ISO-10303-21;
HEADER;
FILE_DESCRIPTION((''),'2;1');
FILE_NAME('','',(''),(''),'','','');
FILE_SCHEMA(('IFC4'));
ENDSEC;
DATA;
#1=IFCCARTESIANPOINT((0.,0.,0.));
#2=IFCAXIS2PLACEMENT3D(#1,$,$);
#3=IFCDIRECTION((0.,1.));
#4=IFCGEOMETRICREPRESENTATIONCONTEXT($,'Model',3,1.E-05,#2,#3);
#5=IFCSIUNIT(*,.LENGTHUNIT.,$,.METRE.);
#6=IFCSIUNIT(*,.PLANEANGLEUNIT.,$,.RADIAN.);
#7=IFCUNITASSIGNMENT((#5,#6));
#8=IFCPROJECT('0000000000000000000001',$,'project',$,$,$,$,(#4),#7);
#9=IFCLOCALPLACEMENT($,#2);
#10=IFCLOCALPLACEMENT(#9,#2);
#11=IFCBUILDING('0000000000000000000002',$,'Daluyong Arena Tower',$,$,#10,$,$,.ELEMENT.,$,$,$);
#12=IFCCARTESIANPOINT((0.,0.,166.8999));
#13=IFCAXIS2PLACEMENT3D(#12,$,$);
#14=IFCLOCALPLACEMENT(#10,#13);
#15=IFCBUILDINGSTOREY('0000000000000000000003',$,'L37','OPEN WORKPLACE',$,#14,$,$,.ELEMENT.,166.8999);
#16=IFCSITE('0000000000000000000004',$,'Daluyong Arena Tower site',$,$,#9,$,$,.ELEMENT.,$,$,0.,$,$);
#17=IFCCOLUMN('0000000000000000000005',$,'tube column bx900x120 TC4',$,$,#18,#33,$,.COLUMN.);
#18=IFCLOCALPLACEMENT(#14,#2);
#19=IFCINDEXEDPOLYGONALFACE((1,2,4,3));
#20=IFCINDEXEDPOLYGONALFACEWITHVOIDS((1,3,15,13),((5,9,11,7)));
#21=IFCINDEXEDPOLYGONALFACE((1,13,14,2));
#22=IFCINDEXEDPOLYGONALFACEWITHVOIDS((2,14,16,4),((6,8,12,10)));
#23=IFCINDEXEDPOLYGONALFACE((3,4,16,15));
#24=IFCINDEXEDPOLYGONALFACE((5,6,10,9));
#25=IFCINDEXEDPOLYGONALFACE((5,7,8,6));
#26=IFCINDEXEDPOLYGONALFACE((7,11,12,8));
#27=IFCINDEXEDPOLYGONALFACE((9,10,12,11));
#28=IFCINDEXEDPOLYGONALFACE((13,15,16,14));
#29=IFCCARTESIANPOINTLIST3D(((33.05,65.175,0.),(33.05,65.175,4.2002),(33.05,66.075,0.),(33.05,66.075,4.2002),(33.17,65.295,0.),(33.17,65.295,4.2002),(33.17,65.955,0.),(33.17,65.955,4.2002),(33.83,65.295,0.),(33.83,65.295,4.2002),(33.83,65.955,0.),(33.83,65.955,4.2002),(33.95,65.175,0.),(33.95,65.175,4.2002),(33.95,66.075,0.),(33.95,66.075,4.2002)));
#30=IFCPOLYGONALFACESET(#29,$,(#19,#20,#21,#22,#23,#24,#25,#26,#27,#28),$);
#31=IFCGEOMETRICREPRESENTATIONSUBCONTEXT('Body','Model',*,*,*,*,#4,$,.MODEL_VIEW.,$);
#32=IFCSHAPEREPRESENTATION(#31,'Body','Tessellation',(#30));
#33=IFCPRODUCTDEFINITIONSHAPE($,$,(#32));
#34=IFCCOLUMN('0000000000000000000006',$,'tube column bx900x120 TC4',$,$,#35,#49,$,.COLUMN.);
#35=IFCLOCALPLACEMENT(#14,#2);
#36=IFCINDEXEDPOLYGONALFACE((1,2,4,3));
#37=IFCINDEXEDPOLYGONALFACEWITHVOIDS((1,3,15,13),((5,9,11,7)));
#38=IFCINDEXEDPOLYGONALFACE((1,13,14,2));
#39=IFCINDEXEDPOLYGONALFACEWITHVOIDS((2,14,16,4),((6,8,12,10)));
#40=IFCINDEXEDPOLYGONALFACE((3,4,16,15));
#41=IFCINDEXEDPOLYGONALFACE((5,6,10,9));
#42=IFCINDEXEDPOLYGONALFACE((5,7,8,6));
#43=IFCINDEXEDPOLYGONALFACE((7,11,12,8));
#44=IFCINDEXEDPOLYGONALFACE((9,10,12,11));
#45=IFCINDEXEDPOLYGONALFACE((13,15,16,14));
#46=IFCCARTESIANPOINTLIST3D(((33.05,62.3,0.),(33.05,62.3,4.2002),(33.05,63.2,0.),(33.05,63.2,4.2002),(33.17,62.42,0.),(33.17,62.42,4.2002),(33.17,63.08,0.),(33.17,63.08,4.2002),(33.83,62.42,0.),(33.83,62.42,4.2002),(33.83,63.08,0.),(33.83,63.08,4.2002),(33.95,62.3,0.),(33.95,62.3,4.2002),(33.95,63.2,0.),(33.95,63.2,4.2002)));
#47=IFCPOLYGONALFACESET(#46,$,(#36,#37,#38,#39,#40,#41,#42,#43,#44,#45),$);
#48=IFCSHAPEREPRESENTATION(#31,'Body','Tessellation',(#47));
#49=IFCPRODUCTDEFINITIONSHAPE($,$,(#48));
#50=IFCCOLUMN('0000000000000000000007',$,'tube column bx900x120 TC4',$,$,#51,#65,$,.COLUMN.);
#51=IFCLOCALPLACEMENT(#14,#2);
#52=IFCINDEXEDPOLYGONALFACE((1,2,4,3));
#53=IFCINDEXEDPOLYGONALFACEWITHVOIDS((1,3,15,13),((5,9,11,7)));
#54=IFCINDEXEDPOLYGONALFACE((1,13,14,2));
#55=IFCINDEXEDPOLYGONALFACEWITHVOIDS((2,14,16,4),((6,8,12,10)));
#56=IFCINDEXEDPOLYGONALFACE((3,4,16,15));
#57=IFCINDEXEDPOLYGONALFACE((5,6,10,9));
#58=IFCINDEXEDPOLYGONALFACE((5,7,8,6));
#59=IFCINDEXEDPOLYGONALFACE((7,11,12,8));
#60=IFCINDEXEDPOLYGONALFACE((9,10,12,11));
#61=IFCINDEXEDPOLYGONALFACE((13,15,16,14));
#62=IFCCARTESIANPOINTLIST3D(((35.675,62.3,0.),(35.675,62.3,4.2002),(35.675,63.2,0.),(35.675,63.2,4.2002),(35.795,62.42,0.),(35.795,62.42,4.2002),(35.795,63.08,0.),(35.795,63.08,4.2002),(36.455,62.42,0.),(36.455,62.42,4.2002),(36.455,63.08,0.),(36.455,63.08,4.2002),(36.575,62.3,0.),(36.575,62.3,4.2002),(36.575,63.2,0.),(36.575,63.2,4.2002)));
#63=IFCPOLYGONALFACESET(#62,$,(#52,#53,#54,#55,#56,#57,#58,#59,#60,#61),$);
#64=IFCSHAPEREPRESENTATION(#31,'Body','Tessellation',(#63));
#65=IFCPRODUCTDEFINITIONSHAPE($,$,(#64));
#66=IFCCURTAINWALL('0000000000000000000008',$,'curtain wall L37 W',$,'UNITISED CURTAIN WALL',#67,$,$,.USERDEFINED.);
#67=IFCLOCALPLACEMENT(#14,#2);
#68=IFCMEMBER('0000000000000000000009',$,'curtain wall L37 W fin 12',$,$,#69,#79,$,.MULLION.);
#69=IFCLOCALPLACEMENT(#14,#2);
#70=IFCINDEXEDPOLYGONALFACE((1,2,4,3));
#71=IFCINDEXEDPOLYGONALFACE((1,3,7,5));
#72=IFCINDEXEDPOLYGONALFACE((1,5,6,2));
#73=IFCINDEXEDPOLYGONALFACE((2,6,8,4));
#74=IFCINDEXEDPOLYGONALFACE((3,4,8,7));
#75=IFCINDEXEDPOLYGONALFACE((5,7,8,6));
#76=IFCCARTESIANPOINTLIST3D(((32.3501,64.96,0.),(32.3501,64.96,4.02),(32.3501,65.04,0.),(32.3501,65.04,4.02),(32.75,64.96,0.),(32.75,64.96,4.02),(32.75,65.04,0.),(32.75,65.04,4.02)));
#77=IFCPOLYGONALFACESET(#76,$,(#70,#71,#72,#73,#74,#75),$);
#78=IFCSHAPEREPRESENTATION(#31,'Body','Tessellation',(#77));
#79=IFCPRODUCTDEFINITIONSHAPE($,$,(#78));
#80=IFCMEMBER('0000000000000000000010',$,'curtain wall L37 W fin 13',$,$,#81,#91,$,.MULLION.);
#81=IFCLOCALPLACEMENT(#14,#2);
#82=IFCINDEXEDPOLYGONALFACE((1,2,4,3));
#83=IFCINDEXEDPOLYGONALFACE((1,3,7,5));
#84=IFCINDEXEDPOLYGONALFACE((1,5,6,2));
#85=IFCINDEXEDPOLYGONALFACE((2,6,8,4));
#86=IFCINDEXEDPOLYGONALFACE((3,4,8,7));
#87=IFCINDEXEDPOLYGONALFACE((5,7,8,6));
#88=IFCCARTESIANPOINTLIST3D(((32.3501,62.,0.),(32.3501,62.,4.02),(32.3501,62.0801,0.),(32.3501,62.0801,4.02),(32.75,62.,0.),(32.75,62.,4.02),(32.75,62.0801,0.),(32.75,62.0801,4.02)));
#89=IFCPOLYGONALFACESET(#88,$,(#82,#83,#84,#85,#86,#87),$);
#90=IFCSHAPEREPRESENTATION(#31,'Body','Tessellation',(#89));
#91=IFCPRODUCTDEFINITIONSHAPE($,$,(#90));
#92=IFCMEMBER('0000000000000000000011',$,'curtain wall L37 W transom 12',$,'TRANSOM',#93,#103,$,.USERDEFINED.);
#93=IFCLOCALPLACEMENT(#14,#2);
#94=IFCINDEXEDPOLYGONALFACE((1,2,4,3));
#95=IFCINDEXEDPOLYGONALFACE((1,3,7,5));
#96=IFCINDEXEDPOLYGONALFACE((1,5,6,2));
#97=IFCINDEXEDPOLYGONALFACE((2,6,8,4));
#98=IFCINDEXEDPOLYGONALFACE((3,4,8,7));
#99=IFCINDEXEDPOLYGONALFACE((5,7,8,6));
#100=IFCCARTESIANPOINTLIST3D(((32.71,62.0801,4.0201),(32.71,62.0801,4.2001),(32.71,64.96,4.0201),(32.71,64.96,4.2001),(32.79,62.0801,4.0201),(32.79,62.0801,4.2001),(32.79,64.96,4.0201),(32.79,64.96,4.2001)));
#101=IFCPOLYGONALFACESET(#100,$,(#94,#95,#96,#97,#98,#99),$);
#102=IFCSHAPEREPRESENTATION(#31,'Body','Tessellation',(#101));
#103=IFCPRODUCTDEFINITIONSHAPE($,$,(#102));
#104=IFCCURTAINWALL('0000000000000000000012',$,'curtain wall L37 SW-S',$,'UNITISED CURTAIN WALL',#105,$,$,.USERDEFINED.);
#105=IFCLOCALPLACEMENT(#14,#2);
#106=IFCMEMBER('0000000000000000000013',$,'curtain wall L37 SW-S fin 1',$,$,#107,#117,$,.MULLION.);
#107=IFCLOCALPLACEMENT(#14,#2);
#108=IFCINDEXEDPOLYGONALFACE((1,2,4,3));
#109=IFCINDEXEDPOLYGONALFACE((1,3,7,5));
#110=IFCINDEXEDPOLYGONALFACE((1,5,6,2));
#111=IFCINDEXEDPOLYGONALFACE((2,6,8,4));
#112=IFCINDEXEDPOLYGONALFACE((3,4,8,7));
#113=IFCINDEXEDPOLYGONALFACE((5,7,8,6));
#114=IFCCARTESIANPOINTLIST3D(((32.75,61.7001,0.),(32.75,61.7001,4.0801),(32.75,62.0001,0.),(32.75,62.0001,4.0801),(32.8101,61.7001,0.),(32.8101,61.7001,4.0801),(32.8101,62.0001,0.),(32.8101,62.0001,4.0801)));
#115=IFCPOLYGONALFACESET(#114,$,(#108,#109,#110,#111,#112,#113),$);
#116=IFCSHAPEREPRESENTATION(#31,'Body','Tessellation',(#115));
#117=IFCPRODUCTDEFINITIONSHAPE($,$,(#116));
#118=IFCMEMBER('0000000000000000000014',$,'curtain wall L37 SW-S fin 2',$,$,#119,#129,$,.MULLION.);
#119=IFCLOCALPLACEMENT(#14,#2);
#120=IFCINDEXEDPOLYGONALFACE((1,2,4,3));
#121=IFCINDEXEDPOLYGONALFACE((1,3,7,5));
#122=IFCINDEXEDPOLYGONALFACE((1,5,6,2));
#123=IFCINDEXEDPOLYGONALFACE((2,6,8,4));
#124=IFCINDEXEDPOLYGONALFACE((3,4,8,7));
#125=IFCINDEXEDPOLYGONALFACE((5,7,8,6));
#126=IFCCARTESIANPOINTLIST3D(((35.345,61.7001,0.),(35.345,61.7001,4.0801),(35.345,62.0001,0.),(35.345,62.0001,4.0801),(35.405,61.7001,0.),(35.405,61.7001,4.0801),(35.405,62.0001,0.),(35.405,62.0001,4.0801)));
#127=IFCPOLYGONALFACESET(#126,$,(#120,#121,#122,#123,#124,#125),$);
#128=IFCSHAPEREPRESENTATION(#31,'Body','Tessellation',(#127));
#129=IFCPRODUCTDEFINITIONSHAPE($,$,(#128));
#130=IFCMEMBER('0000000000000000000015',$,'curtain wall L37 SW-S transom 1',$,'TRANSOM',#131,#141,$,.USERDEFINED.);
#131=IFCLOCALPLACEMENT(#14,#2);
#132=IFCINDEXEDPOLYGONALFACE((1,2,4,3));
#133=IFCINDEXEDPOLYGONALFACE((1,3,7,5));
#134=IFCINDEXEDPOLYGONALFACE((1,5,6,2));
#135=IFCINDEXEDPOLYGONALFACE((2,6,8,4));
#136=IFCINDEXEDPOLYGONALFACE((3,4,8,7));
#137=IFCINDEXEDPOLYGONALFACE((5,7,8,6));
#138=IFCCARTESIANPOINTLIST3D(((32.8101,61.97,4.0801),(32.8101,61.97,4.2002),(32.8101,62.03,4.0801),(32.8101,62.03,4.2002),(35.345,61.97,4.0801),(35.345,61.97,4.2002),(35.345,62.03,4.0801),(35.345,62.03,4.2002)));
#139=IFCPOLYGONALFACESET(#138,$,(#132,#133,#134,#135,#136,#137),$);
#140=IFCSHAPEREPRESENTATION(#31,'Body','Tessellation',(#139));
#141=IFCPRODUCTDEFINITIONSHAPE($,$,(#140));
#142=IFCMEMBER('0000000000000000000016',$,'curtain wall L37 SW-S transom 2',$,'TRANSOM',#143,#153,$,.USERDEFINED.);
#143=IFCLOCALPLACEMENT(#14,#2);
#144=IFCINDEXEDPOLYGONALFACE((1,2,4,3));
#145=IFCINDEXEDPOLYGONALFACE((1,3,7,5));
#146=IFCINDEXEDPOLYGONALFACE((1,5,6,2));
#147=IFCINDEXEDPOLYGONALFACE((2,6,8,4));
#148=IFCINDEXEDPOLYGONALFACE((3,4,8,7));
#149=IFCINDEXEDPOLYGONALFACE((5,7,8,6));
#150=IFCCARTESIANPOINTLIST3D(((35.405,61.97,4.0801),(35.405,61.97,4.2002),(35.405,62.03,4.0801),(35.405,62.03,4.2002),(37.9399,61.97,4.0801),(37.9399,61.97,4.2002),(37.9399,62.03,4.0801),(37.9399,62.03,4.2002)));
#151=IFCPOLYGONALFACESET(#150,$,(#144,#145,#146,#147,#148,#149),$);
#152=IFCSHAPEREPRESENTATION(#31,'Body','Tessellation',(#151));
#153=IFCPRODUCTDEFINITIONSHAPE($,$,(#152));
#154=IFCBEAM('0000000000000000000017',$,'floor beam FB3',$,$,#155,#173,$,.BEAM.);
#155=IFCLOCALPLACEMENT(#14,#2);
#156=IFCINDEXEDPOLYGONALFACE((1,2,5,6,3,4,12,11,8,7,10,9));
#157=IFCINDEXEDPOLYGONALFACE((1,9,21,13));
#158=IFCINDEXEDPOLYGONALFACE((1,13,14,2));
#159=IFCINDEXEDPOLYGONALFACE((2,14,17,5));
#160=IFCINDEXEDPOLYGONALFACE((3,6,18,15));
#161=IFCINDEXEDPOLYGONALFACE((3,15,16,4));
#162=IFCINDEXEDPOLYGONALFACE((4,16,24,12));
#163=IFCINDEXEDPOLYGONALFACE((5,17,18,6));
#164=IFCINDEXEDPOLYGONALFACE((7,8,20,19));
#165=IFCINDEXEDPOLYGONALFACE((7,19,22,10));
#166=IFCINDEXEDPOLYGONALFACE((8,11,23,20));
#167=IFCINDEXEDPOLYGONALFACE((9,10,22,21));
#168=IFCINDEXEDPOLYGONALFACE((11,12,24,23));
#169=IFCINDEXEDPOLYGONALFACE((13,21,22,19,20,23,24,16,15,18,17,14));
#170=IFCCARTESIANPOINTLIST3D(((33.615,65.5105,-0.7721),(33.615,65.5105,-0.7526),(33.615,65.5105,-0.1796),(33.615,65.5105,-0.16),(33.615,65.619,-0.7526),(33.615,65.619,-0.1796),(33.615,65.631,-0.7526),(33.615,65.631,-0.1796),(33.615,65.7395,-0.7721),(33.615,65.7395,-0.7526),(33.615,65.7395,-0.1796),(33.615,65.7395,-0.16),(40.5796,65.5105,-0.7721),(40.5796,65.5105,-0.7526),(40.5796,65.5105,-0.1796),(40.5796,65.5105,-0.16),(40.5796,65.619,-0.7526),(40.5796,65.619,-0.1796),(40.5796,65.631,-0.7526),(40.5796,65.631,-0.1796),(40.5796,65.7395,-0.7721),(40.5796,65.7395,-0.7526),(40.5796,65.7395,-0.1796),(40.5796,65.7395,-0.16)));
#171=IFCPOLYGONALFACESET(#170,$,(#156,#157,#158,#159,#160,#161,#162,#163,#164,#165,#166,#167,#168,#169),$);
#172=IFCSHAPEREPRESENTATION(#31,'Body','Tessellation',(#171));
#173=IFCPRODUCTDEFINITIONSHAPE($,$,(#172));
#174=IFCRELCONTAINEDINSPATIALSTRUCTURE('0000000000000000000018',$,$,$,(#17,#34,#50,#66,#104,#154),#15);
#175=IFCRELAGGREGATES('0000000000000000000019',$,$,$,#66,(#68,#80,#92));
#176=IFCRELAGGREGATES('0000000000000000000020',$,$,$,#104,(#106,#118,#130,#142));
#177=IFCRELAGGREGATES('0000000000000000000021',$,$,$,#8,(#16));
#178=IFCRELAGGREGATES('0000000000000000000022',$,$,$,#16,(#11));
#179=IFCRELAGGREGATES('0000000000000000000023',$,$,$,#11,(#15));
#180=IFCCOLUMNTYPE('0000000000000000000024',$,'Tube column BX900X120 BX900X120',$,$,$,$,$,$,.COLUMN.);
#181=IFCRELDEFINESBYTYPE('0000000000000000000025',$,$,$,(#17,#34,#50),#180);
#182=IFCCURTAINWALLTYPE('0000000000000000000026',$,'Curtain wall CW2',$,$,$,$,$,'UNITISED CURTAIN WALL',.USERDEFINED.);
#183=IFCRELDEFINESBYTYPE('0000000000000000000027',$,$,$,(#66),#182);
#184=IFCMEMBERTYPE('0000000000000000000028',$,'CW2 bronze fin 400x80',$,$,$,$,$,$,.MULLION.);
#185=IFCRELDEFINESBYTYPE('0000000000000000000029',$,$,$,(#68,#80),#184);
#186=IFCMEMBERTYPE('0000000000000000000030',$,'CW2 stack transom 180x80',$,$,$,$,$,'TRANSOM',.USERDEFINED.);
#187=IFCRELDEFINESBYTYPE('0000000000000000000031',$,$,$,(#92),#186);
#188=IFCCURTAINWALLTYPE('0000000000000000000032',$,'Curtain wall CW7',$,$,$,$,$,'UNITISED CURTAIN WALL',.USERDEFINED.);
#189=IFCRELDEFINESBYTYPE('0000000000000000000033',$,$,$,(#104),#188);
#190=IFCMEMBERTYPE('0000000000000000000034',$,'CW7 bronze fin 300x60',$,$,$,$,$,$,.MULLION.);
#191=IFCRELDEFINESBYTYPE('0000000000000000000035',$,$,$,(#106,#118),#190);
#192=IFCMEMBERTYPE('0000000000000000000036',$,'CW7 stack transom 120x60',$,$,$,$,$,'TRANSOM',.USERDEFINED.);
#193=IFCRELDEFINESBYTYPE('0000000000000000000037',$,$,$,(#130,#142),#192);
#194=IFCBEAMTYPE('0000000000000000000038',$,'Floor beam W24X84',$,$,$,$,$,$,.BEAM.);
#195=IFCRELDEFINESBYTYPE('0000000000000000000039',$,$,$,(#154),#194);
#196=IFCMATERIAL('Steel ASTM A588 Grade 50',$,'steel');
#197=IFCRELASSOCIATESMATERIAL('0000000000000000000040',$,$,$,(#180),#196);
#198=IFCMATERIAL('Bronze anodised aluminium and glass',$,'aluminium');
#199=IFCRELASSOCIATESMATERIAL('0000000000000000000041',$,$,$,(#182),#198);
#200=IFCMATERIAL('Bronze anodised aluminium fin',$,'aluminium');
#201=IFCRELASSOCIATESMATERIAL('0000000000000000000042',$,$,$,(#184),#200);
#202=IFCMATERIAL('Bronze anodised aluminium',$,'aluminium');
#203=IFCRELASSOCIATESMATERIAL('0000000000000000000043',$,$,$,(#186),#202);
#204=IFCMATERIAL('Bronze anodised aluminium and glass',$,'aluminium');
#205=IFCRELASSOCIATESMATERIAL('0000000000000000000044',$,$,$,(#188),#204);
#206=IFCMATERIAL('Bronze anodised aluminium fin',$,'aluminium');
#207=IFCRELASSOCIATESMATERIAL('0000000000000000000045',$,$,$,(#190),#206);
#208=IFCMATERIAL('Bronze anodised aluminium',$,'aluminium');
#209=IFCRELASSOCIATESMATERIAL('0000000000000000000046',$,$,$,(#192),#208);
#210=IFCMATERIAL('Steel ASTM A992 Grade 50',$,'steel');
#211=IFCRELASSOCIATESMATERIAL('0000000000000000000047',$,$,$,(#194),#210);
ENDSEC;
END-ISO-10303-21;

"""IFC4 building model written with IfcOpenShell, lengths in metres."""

from ifc_helpers import new_model, si_unit, direction, frame, origin, origin_2d, place, context, subcontext, project, spatial, rectangle, hollow_rectangle, i_section, extrude, material, material_profile, profile_set, type_object, element, aggregate, save


model = new_model("IFC4")

# Units and contexts
model_context = context("Model", 3, precision=1e-05, world=origin(), true_north=direction((0.0, 1.0)))
body_context = subcontext(model_context, "Body", "Model", "MODEL_VIEW")
ifc_project = project(units=[si_unit("LENGTHUNIT", "METRE"), si_unit("PLANEANGLEUNIT", "RADIAN")], contexts=[model_context])

# Site, building, storey
site_placement = place(None, origin())
site = spatial("IfcSite", under=ifc_project, at=site_placement, Name="Daluyong Arena Tower site", CompositionType="ELEMENT", RefElevation=0.0)
building_placement = place(site_placement, origin())
building = spatial("IfcBuilding", under=site, at=building_placement, Name="Daluyong Arena Tower", CompositionType="ELEMENT")
storey_placement = place(building_placement, frame((0.0, 0.0, 166.8999)))
storey = spatial("IfcBuildingStorey", under=building, at=storey_placement, Name="L37", Description="OPEN WORKPLACE", CompositionType="ELEMENT", Elevation=166.8999)

# Columns
ifc_material_1 = material(Name="Steel ASTM A588 Grade 50", Category="steel")
ifc_material_profile_1 = material_profile(ifc_material_1, hollow_rectangle(XDim=0.8999, YDim=0.8999, WallThickness=0.12, at=origin_2d()))
ifc_profile_set_1 = profile_set([ifc_material_profile_1], Name="Steel ASTM A588 Grade 50")
column_type = type_object("IfcColumnType", Name="Tube column BX900X120 BX900X120", PredefinedType="COLUMN", material=ifc_profile_set_1)
for number, where, z_axis, x_axis, name in (
    (1, (33.5, 65.625, 0.0), (0.0, 0.0, 1.0), (0.0, 1.0, 0.0), "tube column bx900x120 TC4"),
    (2, (33.5, 62.75, 0.0), (0.0, 0.0, 1.0), (1.0, 0.0, 0.0), "tube column bx900x120 TC4"),
    (3, (36.125, 62.75, 0.0), (0.0, 0.0, 1.0), (1.0, 0.0, 0.0), "tube column bx900x120 TC4"),
):
    element("IfcColumn", number, at=place(storey_placement, frame(where, z_axis=z_axis, x_axis=x_axis)), inside=storey, type_object=column_type, Name=name, PredefinedType="COLUMN", context=body_context, shape_type="SweptSolid", body=[
        extrude(hollow_rectangle(XDim=0.8999, YDim=0.8999, WallThickness=0.12, at=origin_2d()), origin(), (0.0, 0.0, 1.0), 4.2002),
    ])

# Curtain walls, members
ifc_material_2 = material(Name="Bronze anodised aluminium and glass", Category="aluminium")
curtain_wall_type_1 = type_object("IfcCurtainWallType", Name="Curtain wall CW2", ElementType="UNITISED CURTAIN WALL", PredefinedType="USERDEFINED", material=ifc_material_2)
curtain_wall_1_placement = place(storey_placement, origin())
curtain_wall_1 = element("IfcCurtainWall", 4, at=curtain_wall_1_placement, inside=storey, type_object=curtain_wall_type_1, Name="curtain wall L37 W", ObjectType="UNITISED CURTAIN WALL", PredefinedType="USERDEFINED")
ifc_material_3 = material(Name="Bronze anodised aluminium fin", Category="aluminium")
ifc_material_profile_2 = material_profile(ifc_material_3, rectangle(XDim=0.3999, YDim=0.0801, at=origin_2d()))
ifc_profile_set_2 = profile_set([ifc_material_profile_2], Name="Bronze anodised aluminium fin")
member_type_1 = type_object("IfcMemberType", Name="CW2 bronze fin 400x80", PredefinedType="MULLION", material=ifc_profile_set_2)
member_1_placement = place(storey_placement, frame((32.55, 65.0, 0.0), z_axis=(0.0, 0.0, 1.0), x_axis=(1.0, 0.0, 0.0)))
member_1 = element("IfcMember", 5, at=member_1_placement, type_object=member_type_1, Name="curtain wall L37 W fin 12", PredefinedType="MULLION", context=body_context, shape_type="SweptSolid", body=[
    extrude(rectangle(XDim=0.3999, YDim=0.0801, at=origin_2d()), origin(), (0.0, 0.0, 1.0), 4.02),
])
member_2_placement = place(storey_placement, frame((32.55, 62.04, 0.0), z_axis=(0.0, 0.0, 1.0), x_axis=(1.0, 0.0, 0.0)))
member_2 = element("IfcMember", 6, at=member_2_placement, type_object=member_type_1, Name="curtain wall L37 W fin 13", PredefinedType="MULLION", context=body_context, shape_type="SweptSolid", body=[
    extrude(rectangle(XDim=0.3999, YDim=0.0801, at=origin_2d()), origin(), (0.0, 0.0, 1.0), 4.02),
])
ifc_material_4 = material(Name="Bronze anodised aluminium", Category="aluminium")
ifc_material_profile_3 = material_profile(ifc_material_4, rectangle(XDim=0.0801, YDim=0.1799, at=origin_2d()))
ifc_profile_set_3 = profile_set([ifc_material_profile_3], Name="Bronze anodised aluminium")
member_type_2 = type_object("IfcMemberType", Name="CW2 stack transom 180x80", ElementType="TRANSOM", PredefinedType="USERDEFINED", material=ifc_profile_set_3)
member_3_placement = place(storey_placement, frame((32.75, 64.96, 4.1101), z_axis=(0.0, -1.0, 0.0), x_axis=(1.0, 0.0, 0.0)))
member_3 = element("IfcMember", 7, at=member_3_placement, type_object=member_type_2, Name="curtain wall L37 W transom 12", ObjectType="TRANSOM", PredefinedType="USERDEFINED", context=body_context, shape_type="SweptSolid", body=[
    extrude(rectangle(XDim=0.0801, YDim=0.1799, at=origin_2d()), origin(), (0.0, 0.0, 1.0), 2.8799),
])
ifc_material_5 = material(Name="Bronze anodised aluminium and glass", Category="aluminium")
curtain_wall_type_2 = type_object("IfcCurtainWallType", Name="Curtain wall CW7", ElementType="UNITISED CURTAIN WALL", PredefinedType="USERDEFINED", material=ifc_material_5)
curtain_wall_2_placement = place(storey_placement, origin())
curtain_wall_2 = element("IfcCurtainWall", 8, at=curtain_wall_2_placement, inside=storey, type_object=curtain_wall_type_2, Name="curtain wall L37 SW-S", ObjectType="UNITISED CURTAIN WALL", PredefinedType="USERDEFINED")
ifc_material_6 = material(Name="Bronze anodised aluminium fin", Category="aluminium")
ifc_material_profile_4 = material_profile(ifc_material_6, rectangle(XDim=0.3, YDim=0.0601, at=origin_2d()))
ifc_profile_set_4 = profile_set([ifc_material_profile_4], Name="Bronze anodised aluminium fin")
member_type_3 = type_object("IfcMemberType", Name="CW7 bronze fin 300x60", PredefinedType="MULLION", material=ifc_profile_set_4)
member_4_placement = place(storey_placement, frame((32.78, 61.8501, 0.0), z_axis=(0.0, 0.0, 1.0), x_axis=(0.0, 1.0, 0.0)))
member_4 = element("IfcMember", 9, at=member_4_placement, type_object=member_type_3, Name="curtain wall L37 SW-S fin 1", PredefinedType="MULLION", context=body_context, shape_type="SweptSolid", body=[
    extrude(rectangle(XDim=0.3, YDim=0.0601, at=origin_2d()), origin(), (0.0, 0.0, 1.0), 4.0801),
])
member_5_placement = place(storey_placement, frame((35.375, 61.8501, 0.0), z_axis=(0.0, 0.0, 1.0), x_axis=(0.0, 1.0, 0.0)))
member_5 = element("IfcMember", 10, at=member_5_placement, type_object=member_type_3, Name="curtain wall L37 SW-S fin 2", PredefinedType="MULLION", context=body_context, shape_type="SweptSolid", body=[
    extrude(rectangle(XDim=0.3, YDim=0.0601, at=origin_2d()), origin(), (0.0, 0.0, 1.0), 4.0801),
])
ifc_material_7 = material(Name="Bronze anodised aluminium", Category="aluminium")
ifc_material_profile_5 = material_profile(ifc_material_7, rectangle(XDim=0.0601, YDim=0.1201, at=origin_2d()))
ifc_profile_set_5 = profile_set([ifc_material_profile_5], Name="Bronze anodised aluminium")
member_type_4 = type_object("IfcMemberType", Name="CW7 stack transom 120x60", ElementType="TRANSOM", PredefinedType="USERDEFINED", material=ifc_profile_set_5)
member_6_placement = place(storey_placement, frame((32.8101, 62.0, 4.1401), z_axis=(1.0, 0.0, 0.0), x_axis=(0.0, 1.0, 0.0)))
member_6 = element("IfcMember", 11, at=member_6_placement, type_object=member_type_4, Name="curtain wall L37 SW-S transom 1", ObjectType="TRANSOM", PredefinedType="USERDEFINED", context=body_context, shape_type="SweptSolid", body=[
    extrude(rectangle(XDim=0.0601, YDim=0.1201, at=origin_2d()), origin(), (0.0, 0.0, 1.0), 2.5349),
])
member_7_placement = place(storey_placement, frame((35.405, 62.0, 4.1401), z_axis=(1.0, 0.0, 0.0), x_axis=(0.0, 1.0, 0.0)))
member_7 = element("IfcMember", 12, at=member_7_placement, type_object=member_type_4, Name="curtain wall L37 SW-S transom 2", ObjectType="TRANSOM", PredefinedType="USERDEFINED", context=body_context, shape_type="SweptSolid", body=[
    extrude(rectangle(XDim=0.0601, YDim=0.1201, at=origin_2d()), origin(), (0.0, 0.0, 1.0), 2.5349),
])

# Beam
ifc_material_8 = material(Name="Steel ASTM A992 Grade 50", Category="steel")
ifc_material_profile_6 = material_profile(ifc_material_8, i_section(OverallWidth=0.229, OverallDepth=0.6121, WebThickness=0.012, FlangeThickness=0.0195, at=origin_2d()))
ifc_profile_set_6 = profile_set([ifc_material_profile_6], Name="Steel ASTM A992 Grade 50")
beam_type_1 = type_object("IfcBeamType", Name="Floor beam W24X84", PredefinedType="BEAM", material=ifc_profile_set_6)
beam_1_placement = place(storey_placement, frame((33.615, 65.625, -0.4661), z_axis=(1.0, 0.0, 0.0), x_axis=(0.0, 1.0, 0.0)))
element("IfcBeam", 13, at=beam_1_placement, inside=storey, type_object=beam_type_1, Name="floor beam FB3", PredefinedType="BEAM", context=body_context, shape_type="SweptSolid", body=[
    extrude(i_section(OverallWidth=0.229, OverallDepth=0.6121, WebThickness=0.012, FlangeThickness=0.0195, at=origin_2d()), origin(), (0.0, 0.0, 1.0), 6.9646),
])

aggregate(curtain_wall_1, [member_1, member_2, member_3])
aggregate(curtain_wall_2, [member_4, member_5, member_6, member_7])

save(model, "model.ifc")
